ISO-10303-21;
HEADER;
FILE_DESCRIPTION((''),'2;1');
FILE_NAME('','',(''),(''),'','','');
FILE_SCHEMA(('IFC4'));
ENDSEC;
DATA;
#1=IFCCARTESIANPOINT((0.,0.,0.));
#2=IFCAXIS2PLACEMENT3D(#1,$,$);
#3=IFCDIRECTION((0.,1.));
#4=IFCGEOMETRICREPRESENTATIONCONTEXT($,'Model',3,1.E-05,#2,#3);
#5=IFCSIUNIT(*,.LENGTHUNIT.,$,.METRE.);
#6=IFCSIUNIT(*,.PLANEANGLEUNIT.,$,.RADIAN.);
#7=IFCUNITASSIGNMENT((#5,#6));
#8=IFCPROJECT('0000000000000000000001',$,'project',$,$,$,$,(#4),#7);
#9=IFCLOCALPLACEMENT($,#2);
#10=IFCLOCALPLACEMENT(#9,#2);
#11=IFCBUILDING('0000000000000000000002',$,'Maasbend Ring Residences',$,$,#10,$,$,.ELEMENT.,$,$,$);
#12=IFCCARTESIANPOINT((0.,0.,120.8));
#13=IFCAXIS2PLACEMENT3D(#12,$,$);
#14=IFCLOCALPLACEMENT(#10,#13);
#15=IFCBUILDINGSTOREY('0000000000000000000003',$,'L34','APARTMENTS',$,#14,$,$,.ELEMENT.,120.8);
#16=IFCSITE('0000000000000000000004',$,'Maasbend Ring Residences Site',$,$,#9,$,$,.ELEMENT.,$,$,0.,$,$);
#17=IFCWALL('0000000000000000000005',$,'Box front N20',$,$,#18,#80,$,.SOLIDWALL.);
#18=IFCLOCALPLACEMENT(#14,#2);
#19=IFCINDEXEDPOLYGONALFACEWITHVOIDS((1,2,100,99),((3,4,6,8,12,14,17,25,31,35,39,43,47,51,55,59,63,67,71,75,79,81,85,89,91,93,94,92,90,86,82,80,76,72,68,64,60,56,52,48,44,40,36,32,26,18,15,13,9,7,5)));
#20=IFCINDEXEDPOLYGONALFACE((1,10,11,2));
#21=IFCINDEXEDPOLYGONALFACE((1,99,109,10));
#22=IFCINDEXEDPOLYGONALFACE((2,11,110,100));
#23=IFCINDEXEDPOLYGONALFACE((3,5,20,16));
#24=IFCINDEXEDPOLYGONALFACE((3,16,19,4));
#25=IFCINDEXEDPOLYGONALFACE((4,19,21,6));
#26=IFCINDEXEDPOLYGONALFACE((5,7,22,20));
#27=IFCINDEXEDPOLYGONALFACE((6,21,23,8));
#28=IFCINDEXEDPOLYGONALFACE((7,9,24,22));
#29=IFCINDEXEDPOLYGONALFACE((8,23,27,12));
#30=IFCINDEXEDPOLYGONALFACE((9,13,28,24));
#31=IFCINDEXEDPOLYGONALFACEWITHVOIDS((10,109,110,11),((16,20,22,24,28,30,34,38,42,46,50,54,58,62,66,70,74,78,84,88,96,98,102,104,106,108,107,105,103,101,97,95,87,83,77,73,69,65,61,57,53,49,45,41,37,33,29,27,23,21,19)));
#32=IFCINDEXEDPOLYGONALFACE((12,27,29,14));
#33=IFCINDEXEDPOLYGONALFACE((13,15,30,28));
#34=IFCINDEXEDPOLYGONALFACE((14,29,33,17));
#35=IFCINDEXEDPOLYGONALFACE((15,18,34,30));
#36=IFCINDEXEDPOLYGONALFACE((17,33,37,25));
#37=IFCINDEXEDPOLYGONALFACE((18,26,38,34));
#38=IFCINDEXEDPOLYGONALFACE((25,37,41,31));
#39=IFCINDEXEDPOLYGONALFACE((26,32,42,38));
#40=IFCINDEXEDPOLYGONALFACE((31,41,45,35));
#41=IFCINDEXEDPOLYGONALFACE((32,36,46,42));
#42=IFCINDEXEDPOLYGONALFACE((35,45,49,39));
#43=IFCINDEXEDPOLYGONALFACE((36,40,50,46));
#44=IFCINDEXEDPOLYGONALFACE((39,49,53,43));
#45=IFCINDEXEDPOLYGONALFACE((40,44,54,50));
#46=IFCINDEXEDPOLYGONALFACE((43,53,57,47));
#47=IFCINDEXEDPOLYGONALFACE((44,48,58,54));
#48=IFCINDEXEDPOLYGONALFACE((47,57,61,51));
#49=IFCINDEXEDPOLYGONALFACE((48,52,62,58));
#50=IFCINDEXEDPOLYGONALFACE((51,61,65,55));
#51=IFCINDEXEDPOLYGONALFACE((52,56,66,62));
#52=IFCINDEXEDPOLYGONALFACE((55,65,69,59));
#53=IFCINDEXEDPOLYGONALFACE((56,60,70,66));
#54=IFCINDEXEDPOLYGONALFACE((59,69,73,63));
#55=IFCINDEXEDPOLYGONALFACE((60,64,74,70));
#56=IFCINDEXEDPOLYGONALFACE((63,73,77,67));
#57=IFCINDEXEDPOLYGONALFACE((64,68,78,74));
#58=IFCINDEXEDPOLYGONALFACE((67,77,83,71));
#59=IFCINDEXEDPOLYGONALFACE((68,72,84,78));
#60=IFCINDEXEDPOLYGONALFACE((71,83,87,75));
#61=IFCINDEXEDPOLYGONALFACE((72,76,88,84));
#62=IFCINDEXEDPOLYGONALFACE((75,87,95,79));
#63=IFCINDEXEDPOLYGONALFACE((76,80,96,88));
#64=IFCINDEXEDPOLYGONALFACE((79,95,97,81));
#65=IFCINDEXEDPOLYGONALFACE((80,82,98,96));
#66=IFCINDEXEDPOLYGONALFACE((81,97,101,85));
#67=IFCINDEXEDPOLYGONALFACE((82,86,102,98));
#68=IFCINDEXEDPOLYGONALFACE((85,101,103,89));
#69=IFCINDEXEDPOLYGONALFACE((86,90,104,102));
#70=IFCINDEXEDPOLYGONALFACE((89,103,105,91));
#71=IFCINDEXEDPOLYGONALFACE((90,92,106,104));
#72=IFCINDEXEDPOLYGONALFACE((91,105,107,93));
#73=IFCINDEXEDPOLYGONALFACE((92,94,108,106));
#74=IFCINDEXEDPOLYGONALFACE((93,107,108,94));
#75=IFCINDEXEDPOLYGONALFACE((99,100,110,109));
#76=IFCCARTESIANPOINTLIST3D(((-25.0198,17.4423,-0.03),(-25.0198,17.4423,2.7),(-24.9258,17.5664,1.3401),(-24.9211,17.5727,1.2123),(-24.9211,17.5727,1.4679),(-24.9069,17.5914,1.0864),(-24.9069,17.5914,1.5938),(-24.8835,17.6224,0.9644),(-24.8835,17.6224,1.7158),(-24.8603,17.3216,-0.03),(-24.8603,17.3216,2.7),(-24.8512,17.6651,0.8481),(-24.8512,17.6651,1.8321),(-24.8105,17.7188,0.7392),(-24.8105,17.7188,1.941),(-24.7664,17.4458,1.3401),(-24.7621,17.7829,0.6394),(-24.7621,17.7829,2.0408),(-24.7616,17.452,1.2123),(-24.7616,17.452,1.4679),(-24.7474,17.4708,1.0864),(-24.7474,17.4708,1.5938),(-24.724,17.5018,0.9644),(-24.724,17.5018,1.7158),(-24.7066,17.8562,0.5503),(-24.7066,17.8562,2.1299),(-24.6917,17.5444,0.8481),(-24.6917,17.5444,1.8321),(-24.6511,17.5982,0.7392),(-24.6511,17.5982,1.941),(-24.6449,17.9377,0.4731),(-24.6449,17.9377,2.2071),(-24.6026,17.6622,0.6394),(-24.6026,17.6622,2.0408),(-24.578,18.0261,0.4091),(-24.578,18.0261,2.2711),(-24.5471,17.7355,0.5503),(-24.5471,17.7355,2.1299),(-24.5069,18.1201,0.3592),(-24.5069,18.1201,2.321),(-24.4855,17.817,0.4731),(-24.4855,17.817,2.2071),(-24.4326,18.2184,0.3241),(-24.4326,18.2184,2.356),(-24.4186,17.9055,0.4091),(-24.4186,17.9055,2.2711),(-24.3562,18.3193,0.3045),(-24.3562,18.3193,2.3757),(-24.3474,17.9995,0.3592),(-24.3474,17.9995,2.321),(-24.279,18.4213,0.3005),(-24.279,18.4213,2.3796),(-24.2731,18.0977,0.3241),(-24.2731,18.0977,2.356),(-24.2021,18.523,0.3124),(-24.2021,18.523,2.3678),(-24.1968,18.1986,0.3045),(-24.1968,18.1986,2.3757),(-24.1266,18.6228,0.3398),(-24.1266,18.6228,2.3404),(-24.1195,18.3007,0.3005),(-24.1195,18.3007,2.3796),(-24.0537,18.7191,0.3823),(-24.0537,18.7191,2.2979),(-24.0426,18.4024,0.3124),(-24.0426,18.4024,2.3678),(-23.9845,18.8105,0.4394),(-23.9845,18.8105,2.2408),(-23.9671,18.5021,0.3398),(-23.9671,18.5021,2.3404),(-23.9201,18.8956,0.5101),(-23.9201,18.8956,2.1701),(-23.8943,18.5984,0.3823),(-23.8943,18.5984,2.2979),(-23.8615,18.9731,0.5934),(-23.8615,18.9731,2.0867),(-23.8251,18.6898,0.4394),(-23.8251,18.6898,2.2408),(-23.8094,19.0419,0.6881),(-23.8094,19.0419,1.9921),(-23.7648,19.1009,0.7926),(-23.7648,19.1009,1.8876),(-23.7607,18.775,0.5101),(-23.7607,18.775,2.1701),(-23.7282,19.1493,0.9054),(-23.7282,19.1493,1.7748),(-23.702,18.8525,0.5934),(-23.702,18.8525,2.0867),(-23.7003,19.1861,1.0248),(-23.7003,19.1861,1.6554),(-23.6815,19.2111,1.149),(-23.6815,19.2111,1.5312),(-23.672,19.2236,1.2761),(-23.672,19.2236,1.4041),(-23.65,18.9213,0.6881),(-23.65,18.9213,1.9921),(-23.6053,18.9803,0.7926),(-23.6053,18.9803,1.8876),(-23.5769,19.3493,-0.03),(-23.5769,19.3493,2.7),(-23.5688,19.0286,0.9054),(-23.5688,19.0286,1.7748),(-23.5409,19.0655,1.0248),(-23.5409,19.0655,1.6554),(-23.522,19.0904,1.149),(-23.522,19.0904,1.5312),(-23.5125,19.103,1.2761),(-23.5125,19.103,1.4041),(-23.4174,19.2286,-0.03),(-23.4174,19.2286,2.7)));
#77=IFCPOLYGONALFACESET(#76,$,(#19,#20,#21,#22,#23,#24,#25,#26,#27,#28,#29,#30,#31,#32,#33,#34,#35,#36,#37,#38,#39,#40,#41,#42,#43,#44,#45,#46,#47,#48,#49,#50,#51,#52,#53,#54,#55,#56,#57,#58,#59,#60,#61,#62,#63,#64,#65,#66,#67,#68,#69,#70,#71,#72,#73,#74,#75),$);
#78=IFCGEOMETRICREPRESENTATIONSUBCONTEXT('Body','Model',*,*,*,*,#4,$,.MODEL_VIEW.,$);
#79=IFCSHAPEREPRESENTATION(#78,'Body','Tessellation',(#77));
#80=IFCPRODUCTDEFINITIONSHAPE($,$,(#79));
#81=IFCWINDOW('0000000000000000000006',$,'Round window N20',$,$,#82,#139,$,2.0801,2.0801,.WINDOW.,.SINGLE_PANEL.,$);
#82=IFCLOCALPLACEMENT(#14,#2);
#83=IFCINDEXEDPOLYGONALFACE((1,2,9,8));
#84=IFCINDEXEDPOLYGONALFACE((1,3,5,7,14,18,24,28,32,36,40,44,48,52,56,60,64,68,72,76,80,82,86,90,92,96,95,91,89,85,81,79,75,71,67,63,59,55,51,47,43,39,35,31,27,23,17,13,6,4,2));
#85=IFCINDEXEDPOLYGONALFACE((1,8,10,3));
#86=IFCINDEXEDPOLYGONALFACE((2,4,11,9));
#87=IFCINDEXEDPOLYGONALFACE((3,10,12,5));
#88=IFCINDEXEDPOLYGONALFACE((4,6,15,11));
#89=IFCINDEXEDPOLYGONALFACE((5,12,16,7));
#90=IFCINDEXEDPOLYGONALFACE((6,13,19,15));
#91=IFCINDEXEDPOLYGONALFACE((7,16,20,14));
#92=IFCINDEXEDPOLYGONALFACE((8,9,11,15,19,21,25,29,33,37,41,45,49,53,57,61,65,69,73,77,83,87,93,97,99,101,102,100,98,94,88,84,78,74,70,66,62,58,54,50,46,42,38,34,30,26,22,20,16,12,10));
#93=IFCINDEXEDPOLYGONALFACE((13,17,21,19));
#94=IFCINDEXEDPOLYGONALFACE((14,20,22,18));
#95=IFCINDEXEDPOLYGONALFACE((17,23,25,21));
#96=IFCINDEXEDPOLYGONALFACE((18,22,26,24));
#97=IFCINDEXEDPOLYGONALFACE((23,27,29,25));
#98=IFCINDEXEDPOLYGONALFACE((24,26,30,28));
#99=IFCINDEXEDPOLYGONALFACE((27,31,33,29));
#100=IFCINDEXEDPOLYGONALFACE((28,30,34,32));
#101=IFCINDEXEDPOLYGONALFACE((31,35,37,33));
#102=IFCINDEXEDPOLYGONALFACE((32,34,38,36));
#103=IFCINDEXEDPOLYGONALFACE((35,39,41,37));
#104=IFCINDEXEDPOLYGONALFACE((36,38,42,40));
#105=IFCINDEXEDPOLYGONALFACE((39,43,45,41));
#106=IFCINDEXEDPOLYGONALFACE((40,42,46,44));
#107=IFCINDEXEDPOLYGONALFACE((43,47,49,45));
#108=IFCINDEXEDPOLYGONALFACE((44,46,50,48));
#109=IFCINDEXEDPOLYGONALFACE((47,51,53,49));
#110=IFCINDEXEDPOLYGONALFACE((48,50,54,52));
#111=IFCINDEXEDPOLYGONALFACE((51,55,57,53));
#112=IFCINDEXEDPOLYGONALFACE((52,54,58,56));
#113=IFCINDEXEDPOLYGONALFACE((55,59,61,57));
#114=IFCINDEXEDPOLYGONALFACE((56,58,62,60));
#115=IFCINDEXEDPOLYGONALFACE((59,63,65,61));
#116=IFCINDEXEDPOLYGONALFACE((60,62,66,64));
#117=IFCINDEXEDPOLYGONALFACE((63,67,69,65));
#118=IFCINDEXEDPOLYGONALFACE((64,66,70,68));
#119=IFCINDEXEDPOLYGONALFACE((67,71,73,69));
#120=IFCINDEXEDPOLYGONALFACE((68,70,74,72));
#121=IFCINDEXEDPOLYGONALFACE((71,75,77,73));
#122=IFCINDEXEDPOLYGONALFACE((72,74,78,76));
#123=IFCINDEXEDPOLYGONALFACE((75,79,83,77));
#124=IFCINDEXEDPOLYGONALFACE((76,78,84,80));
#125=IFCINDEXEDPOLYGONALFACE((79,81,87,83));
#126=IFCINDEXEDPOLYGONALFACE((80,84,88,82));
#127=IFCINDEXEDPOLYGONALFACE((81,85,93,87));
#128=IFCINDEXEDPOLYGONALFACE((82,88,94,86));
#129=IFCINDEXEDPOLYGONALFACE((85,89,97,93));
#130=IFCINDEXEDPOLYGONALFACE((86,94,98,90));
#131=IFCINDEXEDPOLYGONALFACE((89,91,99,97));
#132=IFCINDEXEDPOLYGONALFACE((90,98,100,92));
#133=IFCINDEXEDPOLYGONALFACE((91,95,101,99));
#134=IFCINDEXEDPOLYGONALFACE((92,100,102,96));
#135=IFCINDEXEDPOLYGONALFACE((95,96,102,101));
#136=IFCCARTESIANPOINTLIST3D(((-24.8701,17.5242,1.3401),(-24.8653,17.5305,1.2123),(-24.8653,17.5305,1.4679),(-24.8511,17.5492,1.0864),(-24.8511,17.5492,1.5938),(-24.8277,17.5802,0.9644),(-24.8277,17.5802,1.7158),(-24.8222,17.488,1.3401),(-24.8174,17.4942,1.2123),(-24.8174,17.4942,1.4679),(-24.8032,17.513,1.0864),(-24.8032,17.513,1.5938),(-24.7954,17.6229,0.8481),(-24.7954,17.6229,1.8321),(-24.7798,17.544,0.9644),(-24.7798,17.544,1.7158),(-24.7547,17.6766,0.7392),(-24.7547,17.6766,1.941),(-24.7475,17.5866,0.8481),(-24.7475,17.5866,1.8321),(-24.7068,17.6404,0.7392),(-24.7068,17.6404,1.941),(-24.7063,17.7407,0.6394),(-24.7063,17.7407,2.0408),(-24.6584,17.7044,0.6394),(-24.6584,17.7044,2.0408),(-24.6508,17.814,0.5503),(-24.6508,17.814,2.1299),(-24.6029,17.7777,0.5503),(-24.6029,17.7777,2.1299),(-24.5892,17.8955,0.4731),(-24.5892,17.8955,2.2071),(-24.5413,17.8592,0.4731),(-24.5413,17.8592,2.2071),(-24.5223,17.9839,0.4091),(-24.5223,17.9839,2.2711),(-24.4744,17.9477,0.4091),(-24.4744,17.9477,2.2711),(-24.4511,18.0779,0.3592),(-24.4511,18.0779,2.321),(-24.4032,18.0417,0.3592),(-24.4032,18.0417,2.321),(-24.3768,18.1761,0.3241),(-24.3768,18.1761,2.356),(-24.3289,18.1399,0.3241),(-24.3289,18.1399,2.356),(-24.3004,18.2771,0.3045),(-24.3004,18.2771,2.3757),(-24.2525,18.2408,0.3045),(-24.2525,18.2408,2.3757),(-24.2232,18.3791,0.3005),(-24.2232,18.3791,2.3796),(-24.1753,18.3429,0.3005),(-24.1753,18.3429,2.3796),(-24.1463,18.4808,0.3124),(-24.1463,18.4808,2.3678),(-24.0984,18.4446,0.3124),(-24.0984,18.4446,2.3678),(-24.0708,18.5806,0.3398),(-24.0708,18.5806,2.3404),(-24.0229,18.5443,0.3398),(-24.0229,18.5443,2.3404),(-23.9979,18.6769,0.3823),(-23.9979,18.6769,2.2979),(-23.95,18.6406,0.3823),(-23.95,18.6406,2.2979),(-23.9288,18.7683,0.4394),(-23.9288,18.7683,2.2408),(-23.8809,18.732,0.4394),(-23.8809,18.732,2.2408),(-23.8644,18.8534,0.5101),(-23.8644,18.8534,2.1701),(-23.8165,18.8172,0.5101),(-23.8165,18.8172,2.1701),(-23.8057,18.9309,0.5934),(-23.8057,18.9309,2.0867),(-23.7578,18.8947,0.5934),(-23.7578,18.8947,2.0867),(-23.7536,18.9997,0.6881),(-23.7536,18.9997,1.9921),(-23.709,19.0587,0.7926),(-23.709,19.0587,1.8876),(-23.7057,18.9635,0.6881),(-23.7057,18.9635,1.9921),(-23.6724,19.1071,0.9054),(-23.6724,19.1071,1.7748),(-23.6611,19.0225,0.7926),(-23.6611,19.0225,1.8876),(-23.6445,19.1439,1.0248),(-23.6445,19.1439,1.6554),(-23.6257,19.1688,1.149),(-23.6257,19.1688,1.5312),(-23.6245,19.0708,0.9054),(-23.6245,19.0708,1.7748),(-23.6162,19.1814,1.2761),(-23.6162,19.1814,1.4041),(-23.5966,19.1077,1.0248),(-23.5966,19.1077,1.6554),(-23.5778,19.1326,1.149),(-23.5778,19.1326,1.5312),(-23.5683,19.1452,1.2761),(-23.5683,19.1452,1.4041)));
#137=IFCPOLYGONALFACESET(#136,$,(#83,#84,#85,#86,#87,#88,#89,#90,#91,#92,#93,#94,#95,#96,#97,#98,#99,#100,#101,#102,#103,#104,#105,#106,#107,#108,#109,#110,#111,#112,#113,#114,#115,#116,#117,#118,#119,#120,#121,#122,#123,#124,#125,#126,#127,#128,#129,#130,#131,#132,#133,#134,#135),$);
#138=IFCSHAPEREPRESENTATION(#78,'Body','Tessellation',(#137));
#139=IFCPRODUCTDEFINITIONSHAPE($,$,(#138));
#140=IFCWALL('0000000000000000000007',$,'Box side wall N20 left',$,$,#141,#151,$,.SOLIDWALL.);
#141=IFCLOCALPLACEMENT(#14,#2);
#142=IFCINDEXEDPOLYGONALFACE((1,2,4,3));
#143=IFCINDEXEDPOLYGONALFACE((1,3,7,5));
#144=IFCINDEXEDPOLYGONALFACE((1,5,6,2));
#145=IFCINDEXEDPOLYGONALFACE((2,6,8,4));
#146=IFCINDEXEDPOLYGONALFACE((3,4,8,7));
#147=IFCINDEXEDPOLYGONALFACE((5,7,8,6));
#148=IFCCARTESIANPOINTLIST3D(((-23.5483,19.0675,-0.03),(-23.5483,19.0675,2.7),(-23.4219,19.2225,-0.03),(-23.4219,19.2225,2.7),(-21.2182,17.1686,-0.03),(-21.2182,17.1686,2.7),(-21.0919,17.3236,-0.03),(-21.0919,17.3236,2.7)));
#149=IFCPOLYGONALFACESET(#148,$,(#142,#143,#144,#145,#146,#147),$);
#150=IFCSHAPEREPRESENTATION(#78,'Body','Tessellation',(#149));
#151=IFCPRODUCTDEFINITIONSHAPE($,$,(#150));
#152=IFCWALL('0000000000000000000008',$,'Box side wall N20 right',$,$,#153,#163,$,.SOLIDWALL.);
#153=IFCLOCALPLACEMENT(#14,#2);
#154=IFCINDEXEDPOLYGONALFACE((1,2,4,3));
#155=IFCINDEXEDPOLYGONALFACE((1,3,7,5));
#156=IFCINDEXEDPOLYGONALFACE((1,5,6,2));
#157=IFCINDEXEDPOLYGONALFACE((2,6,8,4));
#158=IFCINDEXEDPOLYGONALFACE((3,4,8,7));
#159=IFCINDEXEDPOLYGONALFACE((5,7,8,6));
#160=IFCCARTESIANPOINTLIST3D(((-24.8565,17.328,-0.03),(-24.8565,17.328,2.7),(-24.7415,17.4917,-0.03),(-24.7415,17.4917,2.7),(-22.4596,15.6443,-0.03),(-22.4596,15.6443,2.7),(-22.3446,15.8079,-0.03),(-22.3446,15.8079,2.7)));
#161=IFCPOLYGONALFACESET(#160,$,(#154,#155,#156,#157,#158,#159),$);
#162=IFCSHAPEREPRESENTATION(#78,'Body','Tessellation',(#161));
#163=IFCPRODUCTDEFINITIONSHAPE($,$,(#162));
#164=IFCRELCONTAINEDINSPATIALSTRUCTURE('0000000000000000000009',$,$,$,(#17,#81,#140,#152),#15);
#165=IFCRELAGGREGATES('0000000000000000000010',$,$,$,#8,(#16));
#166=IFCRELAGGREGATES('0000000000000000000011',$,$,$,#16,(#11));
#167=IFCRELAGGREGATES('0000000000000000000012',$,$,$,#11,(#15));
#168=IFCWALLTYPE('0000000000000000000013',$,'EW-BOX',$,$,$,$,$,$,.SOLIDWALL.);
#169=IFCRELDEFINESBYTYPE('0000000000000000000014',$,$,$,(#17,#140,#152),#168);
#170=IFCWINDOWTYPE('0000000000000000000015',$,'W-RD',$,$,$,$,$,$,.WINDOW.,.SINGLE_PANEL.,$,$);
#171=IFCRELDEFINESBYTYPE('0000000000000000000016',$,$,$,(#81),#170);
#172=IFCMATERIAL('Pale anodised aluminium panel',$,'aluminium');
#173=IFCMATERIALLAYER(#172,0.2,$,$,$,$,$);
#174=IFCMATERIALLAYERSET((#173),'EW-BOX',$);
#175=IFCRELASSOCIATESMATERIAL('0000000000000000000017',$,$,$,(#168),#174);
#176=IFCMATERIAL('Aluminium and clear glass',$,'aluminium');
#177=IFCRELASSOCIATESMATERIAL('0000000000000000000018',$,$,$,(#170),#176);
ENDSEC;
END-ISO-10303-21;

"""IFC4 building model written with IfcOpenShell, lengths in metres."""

from ifc_helpers import new_model, si_unit, direction, frame, frame_2d, origin, place, context, subcontext, project, spatial, rectangle, circle, extrude, material, layer, layer_set, type_object, element, fill, save


model = new_model("IFC4")

# Units and contexts
model_context = context("Model", 3, precision=1e-05, world=origin(), true_north=direction((0.0, 1.0)))
body_context = subcontext(model_context, "Body", "Model", "MODEL_VIEW")
ifc_project = project(units=[si_unit("LENGTHUNIT", "METRE"), si_unit("PLANEANGLEUNIT", "RADIAN")], contexts=[model_context])

# Site, building, storey
site_placement = place(None, origin())
site = spatial("IfcSite", under=ifc_project, at=site_placement, Name="Maasbend Ring Residences Site", CompositionType="ELEMENT", RefElevation=0.0)
building_placement = place(site_placement, origin())
building = spatial("IfcBuilding", under=site, at=building_placement, Name="Maasbend Ring Residences", CompositionType="ELEMENT")
storey_placement = place(building_placement, frame((0.0, 0.0, 120.8)))
storey = spatial("IfcBuildingStorey", under=building, at=storey_placement, Name="L34", Description="APARTMENTS", CompositionType="ELEMENT", Elevation=120.8)

# Shared definitions
ifc_material_1 = material(Name="Pale anodised aluminium panel", Category="aluminium")
ifc_layer_1 = layer(ifc_material_1, 0.2)
ifc_layer_set_1 = layer_set([ifc_layer_1], Name="EW-BOX")
wall_type_1 = type_object("IfcWallType", Name="EW-BOX", PredefinedType="SOLIDWALL", material=ifc_layer_set_1)
ifc_material_2 = material(Name="Aluminium and clear glass", Category="aluminium")
window_type_1 = type_object("IfcWindowType", Name="W-RD", PartitioningType="SINGLE_PANEL", PredefinedType="WINDOW", material=ifc_material_2)

# Wall, opening, window
wall_1_placement = place(storey_placement, frame((-23.4971, 19.2891, -0.03), z_axis=(0.0, 0.0, 1.0), x_axis=(-0.603376, -0.797457, 0.0)))
wall_1 = element("IfcWall", 1, at=wall_1_placement, inside=storey, type_object=wall_type_1, Name="Box front N20", PredefinedType="SOLIDWALL", context=body_context, shape_type="SweptSolid", body=[
    extrude(rectangle(XDim=2.3914, YDim=0.2, at=frame_2d((1.1958, 0.0))), origin(), (0.0, 0.0, 1.0), 2.73),
])
opening_1_placement = place(wall_1_placement, frame((0.1558, 0.0, 0.3301)))
opening_1 = element("IfcOpeningElement", 2, at=opening_1_placement, cuts=wall_1, PredefinedType="OPENING", context=body_context, shape_type="SweptSolid", body=[
    extrude(circle(Radius=1.04, at=frame_2d((1.04, 1.04))), frame((0.0, 0.1099, 0.0), z_axis=(0.0, -1.0, 0.0), x_axis=(1.0, 0.0, 0.0)), (0.0, 0.0, 1.0), 0.22),
])
window_1_placement = place(opening_1_placement, origin())
window_1 = element("IfcWindow", 3, at=window_1_placement, inside=storey, type_object=window_type_1, Name="Round window N20", OverallHeight=2.0801, OverallWidth=2.0801, PartitioningType="SINGLE_PANEL", PredefinedType="WINDOW", context=body_context, shape_type="SweptSolid", body=[
    extrude(circle(Radius=1.04, at=frame_2d((1.04, 1.04))), frame((0.0, 0.03, 0.0), z_axis=(0.0, -1.0, 0.0), x_axis=(1.0, 0.0, 0.0)), (0.0, 0.0, 1.0), 0.0601),
])
fill(opening_1, window_1)

# Walls
wall_2_placement = place(storey_placement, frame((-21.155, 17.2461, -0.03), z_axis=(0.0, 0.0, 1.0), x_axis=(-0.775179, 0.631742, 0.0)))
element("IfcWall", 4, at=wall_2_placement, inside=storey, type_object=wall_type_1, Name="Box side wall N20 left", PredefinedType="SOLIDWALL", context=body_context, shape_type="SweptSolid", body=[
    extrude(rectangle(XDim=3.0059, YDim=0.2, at=frame_2d((1.5029, 0.0))), origin(), (0.0, 0.0, 1.0), 2.73),
])
wall_3_placement = place(storey_placement, frame((-22.4021, 15.7261, -0.03), z_axis=(0.0, 0.0, 1.0), x_axis=(-0.818275, 0.574826, 0.0)))
element("IfcWall", 5, at=wall_3_placement, inside=storey, type_object=wall_type_1, Name="Box side wall N20 right", PredefinedType="SOLIDWALL", context=body_context, shape_type="SweptSolid", body=[
    extrude(rectangle(XDim=2.9292, YDim=0.2, at=frame_2d((1.4646, 0.0))), origin(), (0.0, 0.0, 1.0), 2.73),
])

save(model, "model.ifc")
